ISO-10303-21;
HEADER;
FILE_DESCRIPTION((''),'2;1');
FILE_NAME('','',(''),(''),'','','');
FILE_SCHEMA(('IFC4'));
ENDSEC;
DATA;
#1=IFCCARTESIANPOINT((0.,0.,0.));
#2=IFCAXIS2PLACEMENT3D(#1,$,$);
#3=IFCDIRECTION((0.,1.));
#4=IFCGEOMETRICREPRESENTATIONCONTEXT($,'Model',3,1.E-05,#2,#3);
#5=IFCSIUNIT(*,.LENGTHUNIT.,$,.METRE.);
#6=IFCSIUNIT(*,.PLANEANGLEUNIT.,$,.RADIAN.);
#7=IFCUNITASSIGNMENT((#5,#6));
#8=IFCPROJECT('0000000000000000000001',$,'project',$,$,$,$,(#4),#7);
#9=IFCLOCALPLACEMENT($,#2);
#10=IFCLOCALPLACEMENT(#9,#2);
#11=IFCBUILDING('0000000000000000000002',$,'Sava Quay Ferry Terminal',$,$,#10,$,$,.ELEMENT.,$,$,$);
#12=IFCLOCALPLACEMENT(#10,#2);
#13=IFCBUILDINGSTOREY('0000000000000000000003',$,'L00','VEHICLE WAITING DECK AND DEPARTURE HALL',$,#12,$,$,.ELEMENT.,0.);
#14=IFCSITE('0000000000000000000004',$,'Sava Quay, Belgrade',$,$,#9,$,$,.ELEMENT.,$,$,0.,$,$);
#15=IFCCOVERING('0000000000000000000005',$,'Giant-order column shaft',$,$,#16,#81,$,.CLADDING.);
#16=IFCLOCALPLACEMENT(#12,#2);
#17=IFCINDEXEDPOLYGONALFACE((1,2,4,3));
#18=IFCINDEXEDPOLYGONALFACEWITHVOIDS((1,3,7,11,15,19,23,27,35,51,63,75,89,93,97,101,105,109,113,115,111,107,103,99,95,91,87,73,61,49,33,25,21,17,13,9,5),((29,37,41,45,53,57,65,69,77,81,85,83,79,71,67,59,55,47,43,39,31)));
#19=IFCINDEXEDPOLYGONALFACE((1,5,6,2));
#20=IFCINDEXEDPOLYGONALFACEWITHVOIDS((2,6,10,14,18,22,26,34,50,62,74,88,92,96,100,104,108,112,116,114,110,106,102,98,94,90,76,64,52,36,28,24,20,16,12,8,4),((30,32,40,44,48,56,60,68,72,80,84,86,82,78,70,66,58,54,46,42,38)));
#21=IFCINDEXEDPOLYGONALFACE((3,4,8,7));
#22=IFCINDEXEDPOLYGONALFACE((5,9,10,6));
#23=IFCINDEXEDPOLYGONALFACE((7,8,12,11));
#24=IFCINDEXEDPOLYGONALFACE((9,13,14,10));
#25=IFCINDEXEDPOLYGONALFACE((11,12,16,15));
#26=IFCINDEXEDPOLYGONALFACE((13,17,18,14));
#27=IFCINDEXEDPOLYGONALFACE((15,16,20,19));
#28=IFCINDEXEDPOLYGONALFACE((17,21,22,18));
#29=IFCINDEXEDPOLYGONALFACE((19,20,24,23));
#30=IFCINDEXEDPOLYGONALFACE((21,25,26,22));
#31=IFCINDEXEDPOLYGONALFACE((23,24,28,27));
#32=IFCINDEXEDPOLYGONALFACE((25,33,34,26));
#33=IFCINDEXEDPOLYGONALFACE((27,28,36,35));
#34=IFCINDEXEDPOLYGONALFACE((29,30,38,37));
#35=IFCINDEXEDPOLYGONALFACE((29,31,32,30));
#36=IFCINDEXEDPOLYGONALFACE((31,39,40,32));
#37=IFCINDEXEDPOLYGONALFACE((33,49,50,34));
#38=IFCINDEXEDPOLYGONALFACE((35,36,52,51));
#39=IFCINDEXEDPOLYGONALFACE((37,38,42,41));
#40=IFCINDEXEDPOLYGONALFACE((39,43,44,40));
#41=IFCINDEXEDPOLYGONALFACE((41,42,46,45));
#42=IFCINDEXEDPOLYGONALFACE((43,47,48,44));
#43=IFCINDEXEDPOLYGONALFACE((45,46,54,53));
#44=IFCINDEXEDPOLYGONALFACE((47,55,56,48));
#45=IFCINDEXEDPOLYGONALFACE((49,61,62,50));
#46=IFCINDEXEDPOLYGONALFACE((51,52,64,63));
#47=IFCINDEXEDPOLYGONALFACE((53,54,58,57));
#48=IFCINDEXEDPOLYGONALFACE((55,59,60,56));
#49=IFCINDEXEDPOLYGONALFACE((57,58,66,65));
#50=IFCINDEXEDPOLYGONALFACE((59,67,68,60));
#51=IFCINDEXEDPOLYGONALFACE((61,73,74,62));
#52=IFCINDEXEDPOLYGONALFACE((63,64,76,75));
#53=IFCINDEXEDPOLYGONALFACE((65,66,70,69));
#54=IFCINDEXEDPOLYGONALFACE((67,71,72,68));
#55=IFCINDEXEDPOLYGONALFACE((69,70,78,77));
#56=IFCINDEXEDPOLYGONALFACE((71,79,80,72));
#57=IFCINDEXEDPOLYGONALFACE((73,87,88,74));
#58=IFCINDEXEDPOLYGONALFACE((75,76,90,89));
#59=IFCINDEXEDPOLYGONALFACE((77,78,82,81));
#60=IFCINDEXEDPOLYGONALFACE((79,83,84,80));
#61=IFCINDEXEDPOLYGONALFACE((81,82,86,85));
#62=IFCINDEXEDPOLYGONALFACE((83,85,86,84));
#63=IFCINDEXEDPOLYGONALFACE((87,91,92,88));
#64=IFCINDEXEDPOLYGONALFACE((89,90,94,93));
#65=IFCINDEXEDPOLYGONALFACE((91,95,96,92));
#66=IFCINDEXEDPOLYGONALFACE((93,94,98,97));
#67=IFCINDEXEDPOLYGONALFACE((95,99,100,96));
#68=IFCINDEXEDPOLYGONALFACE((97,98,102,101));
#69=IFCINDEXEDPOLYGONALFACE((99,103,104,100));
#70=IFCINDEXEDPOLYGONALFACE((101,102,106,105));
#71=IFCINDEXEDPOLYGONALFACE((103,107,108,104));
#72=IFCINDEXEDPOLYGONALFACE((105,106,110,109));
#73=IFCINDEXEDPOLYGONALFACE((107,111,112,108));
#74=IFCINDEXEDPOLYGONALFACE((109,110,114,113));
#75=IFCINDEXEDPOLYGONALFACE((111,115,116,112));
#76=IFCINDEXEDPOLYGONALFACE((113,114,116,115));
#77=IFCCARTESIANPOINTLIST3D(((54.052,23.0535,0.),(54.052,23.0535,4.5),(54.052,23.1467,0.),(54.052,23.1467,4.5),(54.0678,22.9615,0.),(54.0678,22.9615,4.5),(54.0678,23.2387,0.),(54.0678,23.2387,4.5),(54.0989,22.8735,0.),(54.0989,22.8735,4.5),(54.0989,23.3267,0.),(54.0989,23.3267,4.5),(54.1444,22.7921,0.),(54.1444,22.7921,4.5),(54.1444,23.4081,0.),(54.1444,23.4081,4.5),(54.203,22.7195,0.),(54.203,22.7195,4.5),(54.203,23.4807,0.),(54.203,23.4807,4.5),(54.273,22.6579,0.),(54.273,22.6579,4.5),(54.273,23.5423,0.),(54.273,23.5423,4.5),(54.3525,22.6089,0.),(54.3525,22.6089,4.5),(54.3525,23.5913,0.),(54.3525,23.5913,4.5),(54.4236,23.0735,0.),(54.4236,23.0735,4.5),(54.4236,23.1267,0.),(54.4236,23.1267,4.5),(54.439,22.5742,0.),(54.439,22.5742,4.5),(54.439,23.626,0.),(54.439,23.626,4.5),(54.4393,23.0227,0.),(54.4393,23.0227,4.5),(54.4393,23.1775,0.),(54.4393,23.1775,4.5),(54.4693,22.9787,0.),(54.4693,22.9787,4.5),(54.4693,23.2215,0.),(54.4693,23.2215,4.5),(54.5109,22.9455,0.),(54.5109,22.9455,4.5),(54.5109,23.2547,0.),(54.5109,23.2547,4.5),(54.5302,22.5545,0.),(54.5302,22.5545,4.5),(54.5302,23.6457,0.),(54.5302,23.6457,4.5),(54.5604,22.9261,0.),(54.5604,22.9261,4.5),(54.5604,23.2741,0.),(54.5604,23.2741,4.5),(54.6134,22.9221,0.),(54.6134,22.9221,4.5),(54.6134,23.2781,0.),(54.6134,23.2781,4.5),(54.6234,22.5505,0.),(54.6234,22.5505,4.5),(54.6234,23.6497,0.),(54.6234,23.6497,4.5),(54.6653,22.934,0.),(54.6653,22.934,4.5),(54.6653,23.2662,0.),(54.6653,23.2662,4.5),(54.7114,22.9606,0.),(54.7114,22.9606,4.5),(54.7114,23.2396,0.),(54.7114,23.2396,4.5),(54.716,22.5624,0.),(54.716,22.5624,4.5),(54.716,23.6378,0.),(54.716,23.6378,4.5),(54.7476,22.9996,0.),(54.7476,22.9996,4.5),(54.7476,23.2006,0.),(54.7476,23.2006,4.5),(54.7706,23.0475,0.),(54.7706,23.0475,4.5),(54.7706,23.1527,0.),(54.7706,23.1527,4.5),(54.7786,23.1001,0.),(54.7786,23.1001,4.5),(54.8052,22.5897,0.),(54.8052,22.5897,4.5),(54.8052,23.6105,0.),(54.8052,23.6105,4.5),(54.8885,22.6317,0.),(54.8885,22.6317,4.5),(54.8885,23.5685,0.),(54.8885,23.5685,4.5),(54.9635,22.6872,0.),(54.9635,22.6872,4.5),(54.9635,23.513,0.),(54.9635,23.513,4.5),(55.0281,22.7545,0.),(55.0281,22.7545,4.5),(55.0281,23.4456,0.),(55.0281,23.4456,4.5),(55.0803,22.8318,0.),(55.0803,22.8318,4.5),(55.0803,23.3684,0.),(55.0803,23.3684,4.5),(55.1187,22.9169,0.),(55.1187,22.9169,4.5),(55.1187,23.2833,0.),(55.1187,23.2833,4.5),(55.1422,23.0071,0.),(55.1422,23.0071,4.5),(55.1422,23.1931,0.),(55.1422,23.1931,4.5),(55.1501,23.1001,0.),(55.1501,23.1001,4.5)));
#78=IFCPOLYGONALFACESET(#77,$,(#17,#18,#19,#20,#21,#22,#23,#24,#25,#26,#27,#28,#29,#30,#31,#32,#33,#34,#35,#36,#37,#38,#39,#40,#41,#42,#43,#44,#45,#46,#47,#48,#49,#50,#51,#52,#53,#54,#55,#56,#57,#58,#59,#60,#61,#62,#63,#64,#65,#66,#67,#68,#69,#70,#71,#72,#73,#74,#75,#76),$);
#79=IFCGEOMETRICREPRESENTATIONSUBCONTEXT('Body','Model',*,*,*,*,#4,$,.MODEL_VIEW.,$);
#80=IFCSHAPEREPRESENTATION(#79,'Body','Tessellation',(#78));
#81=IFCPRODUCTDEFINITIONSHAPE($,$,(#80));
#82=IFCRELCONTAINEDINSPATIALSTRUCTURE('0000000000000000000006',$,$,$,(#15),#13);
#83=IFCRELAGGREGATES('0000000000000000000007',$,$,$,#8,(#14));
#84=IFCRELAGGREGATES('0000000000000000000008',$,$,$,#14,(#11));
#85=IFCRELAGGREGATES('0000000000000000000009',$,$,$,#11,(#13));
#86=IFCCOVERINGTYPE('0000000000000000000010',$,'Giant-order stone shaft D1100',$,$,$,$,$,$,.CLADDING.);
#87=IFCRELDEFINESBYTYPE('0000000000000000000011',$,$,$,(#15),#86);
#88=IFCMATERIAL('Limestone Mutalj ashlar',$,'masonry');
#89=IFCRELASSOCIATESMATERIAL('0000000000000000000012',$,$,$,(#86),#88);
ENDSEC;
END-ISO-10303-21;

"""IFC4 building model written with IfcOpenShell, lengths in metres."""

from ifc_helpers import new_model, si_unit, direction, frame, origin, origin_2d, place, context, subcontext, project, spatial, hollow_circle, extrude, material, material_profile, profile_set, type_object, element, save


model = new_model("IFC4")

# Units and contexts
model_context = context("Model", 3, precision=1e-05, world=origin(), true_north=direction((0.0, 1.0)))
body_context = subcontext(model_context, "Body", "Model", "MODEL_VIEW")
ifc_project = project(units=[si_unit("LENGTHUNIT", "METRE"), si_unit("PLANEANGLEUNIT", "RADIAN")], contexts=[model_context])

# Site, building, storey
site_placement = place(None, origin())
site = spatial("IfcSite", under=ifc_project, at=site_placement, Name="Sava Quay, Belgrade", CompositionType="ELEMENT", RefElevation=0.0)
building_placement = place(site_placement, origin())
building = spatial("IfcBuilding", under=site, at=building_placement, Name="Sava Quay Ferry Terminal", CompositionType="ELEMENT")
storey_placement = place(building_placement, origin())
storey = spatial("IfcBuildingStorey", under=building, at=storey_placement, Name="L00", Description="VEHICLE WAITING DECK AND DEPARTURE HALL", CompositionType="ELEMENT", Elevation=0.0)

# Covering
ifc_material_1 = material(Name="Limestone Mutalj ashlar", Category="masonry")
ifc_material_profile_1 = material_profile(ifc_material_1, hollow_circle(Radius=0.55, WallThickness=0.3716, at=origin_2d()), Name="Stone shaft D1100")
ifc_profile_set_1 = profile_set([ifc_material_profile_1], Name="Limestone Mutalj ashlar")
covering_type_1 = type_object("IfcCoveringType", Name="Giant-order stone shaft D1100", PredefinedType="CLADDING", material=ifc_profile_set_1)
covering_1_placement = place(storey_placement, frame((54.6001, 23.1001, 0.0), z_axis=(0.0, 0.0, 1.0), x_axis=(1.0, 0.0, 0.0)))
element("IfcCovering", 1, at=covering_1_placement, inside=storey, type_object=covering_type_1, Name="Giant-order column shaft", PredefinedType="CLADDING", context=body_context, shape_type="SweptSolid", body=[
    extrude(hollow_circle(Radius=0.55, WallThickness=0.3716, at=origin_2d()), origin(), (0.0, 0.0, 1.0), 4.5),
])

save(model, "model.ifc")
